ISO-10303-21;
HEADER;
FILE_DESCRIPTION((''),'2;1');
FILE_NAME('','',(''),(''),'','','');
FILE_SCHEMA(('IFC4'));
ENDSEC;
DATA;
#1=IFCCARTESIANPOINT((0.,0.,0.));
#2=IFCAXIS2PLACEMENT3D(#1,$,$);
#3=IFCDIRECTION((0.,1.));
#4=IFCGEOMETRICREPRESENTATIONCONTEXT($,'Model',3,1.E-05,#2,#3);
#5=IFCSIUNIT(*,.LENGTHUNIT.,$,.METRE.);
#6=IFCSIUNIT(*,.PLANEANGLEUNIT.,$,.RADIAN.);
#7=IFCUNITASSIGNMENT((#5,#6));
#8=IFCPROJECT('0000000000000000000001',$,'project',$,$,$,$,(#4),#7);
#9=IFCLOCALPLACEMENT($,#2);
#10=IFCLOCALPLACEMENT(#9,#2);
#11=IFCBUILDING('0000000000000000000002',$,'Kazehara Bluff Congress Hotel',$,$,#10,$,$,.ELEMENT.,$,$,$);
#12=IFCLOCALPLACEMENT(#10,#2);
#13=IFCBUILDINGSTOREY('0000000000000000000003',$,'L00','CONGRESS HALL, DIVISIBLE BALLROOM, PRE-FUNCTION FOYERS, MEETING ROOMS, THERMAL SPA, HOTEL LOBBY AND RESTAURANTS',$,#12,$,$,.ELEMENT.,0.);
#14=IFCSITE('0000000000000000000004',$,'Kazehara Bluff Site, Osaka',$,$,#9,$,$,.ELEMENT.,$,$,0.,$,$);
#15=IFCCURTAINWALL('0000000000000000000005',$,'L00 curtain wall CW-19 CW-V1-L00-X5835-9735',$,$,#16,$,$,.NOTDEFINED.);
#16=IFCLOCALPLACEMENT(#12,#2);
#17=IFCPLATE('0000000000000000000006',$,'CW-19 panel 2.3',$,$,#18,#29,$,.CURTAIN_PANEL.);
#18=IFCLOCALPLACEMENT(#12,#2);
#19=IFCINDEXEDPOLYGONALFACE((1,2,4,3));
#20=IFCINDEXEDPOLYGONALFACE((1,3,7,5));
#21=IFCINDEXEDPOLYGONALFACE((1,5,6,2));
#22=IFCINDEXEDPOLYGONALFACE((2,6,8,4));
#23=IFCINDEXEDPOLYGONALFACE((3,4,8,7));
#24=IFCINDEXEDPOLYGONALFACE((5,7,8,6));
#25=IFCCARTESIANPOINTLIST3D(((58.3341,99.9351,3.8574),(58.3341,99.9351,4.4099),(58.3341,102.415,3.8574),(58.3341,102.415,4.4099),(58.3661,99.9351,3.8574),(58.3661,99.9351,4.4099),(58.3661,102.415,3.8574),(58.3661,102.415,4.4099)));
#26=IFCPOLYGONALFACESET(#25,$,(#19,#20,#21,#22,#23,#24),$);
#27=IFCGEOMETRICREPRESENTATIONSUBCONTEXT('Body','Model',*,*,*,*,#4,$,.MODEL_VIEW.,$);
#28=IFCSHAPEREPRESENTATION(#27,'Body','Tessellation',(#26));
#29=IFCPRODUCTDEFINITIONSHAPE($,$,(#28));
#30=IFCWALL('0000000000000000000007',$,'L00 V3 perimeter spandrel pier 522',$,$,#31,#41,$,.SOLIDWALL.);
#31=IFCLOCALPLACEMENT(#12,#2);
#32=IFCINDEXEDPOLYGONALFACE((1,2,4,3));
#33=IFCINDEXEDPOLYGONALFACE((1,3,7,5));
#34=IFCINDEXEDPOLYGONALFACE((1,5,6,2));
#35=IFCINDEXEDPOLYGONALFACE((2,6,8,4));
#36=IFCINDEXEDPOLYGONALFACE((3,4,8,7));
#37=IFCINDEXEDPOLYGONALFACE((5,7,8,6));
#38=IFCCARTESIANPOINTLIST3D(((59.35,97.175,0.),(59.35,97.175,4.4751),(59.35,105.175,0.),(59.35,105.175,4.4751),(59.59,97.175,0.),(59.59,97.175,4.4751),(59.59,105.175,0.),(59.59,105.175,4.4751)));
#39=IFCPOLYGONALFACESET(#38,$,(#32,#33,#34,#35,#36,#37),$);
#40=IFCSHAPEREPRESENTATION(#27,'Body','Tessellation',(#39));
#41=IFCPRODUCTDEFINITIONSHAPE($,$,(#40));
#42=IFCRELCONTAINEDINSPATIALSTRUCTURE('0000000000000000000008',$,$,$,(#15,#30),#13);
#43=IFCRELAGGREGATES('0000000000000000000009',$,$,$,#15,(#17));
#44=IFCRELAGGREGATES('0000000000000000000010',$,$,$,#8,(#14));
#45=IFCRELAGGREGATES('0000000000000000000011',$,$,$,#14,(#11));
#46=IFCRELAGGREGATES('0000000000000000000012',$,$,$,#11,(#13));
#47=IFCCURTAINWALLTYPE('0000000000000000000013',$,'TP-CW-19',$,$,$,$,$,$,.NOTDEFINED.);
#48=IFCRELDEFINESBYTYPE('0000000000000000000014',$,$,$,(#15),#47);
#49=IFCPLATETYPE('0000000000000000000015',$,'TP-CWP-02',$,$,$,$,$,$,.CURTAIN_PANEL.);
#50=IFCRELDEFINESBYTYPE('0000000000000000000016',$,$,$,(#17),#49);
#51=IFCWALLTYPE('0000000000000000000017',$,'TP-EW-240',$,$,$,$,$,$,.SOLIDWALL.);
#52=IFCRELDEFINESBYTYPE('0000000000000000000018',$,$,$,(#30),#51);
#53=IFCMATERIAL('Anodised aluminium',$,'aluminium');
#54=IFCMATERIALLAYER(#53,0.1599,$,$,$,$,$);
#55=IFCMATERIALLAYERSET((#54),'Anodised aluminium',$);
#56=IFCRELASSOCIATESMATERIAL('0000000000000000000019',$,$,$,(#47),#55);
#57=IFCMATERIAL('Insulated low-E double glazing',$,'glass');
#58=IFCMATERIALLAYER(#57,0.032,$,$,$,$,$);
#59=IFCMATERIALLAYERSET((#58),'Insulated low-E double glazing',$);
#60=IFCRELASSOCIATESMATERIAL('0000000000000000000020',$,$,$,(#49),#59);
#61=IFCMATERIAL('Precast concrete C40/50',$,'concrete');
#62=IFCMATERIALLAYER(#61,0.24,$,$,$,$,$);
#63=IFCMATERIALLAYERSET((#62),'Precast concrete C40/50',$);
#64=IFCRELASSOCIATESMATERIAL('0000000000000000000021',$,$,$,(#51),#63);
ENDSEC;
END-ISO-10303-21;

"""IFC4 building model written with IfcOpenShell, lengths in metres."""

from ifc_helpers import new_model, si_unit, direction, frame, frame_2d, origin, origin_2d, place, context, subcontext, project, spatial, rectangle, extrude, material, layer, layer_set, type_object, element, aggregate, save


model = new_model("IFC4")

# Units and contexts
model_context = context("Model", 3, precision=1e-05, world=origin(), true_north=direction((0.0, 1.0)))
body_context = subcontext(model_context, "Body", "Model", "MODEL_VIEW")
ifc_project = project(units=[si_unit("LENGTHUNIT", "METRE"), si_unit("PLANEANGLEUNIT", "RADIAN")], contexts=[model_context])

# Site, building, storey
site_placement = place(None, origin())
site = spatial("IfcSite", under=ifc_project, at=site_placement, Name="Kazehara Bluff Site, Osaka", CompositionType="ELEMENT", RefElevation=0.0)
building_placement = place(site_placement, origin())
building = spatial("IfcBuilding", under=site, at=building_placement, Name="Kazehara Bluff Congress Hotel", CompositionType="ELEMENT")
storey_placement = place(building_placement, origin())
storey = spatial("IfcBuildingStorey", under=building, at=storey_placement, Name="L00", Description="CONGRESS HALL, DIVISIBLE BALLROOM, PRE-FUNCTION FOYERS, MEETING ROOMS, THERMAL SPA, HOTEL LOBBY AND RESTAURANTS", CompositionType="ELEMENT", Elevation=0.0)

# Curtain wall
ifc_material_1 = material(Name="Anodised aluminium", Category="aluminium")
ifc_layer_1 = layer(ifc_material_1, 0.1599)
ifc_layer_set_1 = layer_set([ifc_layer_1], Name="Anodised aluminium")
curtain_wall_type_1 = type_object("IfcCurtainWallType", Name="TP-CW-19", PredefinedType="NOTDEFINED", material=ifc_layer_set_1)
curtain_wall_1_placement = place(storey_placement, origin())
curtain_wall_1 = element("IfcCurtainWall", 1, at=curtain_wall_1_placement, inside=storey, type_object=curtain_wall_type_1, Name="L00 curtain wall CW-19 CW-V1-L00-X5835-9735", PredefinedType="NOTDEFINED")

# Plate
ifc_material_2 = material(Name="Insulated low-E double glazing", Category="glass")
ifc_layer_2 = layer(ifc_material_2, 0.032)
ifc_layer_set_2 = layer_set([ifc_layer_2], Name="Insulated low-E double glazing")
plate_type = type_object("IfcPlateType", Name="TP-CWP-02", PredefinedType="CURTAIN_PANEL", material=ifc_layer_set_2)
plate_1_placement = place(storey_placement, frame((58.3501, 101.175, 3.8574), z_axis=(0.0, 0.0, 1.0), x_axis=(0.0, 1.0, 0.0)))
plate_1 = element("IfcPlate", 2, at=plate_1_placement, type_object=plate_type, Name="CW-19 panel 2.3", PredefinedType="CURTAIN_PANEL", context=body_context, shape_type="SweptSolid", body=[
    extrude(rectangle(XDim=2.48, YDim=0.032, at=origin_2d()), origin(), (0.0, 0.0, 1.0), 0.5525),
])
aggregate(curtain_wall_1, [plate_1])

# Wall
ifc_material_3 = material(Name="Precast concrete C40/50", Category="concrete")
ifc_layer_3 = layer(ifc_material_3, 0.24)
ifc_layer_set_3 = layer_set([ifc_layer_3], Name="Precast concrete C40/50")
wall_type = type_object("IfcWallType", Name="TP-EW-240", PredefinedType="SOLIDWALL", material=ifc_layer_set_3)
wall_placement = place(storey_placement, frame((59.47, 97.175, 0.0), z_axis=(0.0, 0.0, 1.0), x_axis=(0.0, 1.0, 0.0)))
element("IfcWall", 3, at=wall_placement, inside=storey, type_object=wall_type, Name="L00 V3 perimeter spandrel pier 522", PredefinedType="SOLIDWALL", context=body_context, shape_type="SweptSolid", body=[
    extrude(rectangle(XDim=8.0, YDim=0.24, at=frame_2d((4.0, 0.0))), origin(), (0.0, 0.0, 1.0), 4.4751),
])

save(model, "model.ifc")
